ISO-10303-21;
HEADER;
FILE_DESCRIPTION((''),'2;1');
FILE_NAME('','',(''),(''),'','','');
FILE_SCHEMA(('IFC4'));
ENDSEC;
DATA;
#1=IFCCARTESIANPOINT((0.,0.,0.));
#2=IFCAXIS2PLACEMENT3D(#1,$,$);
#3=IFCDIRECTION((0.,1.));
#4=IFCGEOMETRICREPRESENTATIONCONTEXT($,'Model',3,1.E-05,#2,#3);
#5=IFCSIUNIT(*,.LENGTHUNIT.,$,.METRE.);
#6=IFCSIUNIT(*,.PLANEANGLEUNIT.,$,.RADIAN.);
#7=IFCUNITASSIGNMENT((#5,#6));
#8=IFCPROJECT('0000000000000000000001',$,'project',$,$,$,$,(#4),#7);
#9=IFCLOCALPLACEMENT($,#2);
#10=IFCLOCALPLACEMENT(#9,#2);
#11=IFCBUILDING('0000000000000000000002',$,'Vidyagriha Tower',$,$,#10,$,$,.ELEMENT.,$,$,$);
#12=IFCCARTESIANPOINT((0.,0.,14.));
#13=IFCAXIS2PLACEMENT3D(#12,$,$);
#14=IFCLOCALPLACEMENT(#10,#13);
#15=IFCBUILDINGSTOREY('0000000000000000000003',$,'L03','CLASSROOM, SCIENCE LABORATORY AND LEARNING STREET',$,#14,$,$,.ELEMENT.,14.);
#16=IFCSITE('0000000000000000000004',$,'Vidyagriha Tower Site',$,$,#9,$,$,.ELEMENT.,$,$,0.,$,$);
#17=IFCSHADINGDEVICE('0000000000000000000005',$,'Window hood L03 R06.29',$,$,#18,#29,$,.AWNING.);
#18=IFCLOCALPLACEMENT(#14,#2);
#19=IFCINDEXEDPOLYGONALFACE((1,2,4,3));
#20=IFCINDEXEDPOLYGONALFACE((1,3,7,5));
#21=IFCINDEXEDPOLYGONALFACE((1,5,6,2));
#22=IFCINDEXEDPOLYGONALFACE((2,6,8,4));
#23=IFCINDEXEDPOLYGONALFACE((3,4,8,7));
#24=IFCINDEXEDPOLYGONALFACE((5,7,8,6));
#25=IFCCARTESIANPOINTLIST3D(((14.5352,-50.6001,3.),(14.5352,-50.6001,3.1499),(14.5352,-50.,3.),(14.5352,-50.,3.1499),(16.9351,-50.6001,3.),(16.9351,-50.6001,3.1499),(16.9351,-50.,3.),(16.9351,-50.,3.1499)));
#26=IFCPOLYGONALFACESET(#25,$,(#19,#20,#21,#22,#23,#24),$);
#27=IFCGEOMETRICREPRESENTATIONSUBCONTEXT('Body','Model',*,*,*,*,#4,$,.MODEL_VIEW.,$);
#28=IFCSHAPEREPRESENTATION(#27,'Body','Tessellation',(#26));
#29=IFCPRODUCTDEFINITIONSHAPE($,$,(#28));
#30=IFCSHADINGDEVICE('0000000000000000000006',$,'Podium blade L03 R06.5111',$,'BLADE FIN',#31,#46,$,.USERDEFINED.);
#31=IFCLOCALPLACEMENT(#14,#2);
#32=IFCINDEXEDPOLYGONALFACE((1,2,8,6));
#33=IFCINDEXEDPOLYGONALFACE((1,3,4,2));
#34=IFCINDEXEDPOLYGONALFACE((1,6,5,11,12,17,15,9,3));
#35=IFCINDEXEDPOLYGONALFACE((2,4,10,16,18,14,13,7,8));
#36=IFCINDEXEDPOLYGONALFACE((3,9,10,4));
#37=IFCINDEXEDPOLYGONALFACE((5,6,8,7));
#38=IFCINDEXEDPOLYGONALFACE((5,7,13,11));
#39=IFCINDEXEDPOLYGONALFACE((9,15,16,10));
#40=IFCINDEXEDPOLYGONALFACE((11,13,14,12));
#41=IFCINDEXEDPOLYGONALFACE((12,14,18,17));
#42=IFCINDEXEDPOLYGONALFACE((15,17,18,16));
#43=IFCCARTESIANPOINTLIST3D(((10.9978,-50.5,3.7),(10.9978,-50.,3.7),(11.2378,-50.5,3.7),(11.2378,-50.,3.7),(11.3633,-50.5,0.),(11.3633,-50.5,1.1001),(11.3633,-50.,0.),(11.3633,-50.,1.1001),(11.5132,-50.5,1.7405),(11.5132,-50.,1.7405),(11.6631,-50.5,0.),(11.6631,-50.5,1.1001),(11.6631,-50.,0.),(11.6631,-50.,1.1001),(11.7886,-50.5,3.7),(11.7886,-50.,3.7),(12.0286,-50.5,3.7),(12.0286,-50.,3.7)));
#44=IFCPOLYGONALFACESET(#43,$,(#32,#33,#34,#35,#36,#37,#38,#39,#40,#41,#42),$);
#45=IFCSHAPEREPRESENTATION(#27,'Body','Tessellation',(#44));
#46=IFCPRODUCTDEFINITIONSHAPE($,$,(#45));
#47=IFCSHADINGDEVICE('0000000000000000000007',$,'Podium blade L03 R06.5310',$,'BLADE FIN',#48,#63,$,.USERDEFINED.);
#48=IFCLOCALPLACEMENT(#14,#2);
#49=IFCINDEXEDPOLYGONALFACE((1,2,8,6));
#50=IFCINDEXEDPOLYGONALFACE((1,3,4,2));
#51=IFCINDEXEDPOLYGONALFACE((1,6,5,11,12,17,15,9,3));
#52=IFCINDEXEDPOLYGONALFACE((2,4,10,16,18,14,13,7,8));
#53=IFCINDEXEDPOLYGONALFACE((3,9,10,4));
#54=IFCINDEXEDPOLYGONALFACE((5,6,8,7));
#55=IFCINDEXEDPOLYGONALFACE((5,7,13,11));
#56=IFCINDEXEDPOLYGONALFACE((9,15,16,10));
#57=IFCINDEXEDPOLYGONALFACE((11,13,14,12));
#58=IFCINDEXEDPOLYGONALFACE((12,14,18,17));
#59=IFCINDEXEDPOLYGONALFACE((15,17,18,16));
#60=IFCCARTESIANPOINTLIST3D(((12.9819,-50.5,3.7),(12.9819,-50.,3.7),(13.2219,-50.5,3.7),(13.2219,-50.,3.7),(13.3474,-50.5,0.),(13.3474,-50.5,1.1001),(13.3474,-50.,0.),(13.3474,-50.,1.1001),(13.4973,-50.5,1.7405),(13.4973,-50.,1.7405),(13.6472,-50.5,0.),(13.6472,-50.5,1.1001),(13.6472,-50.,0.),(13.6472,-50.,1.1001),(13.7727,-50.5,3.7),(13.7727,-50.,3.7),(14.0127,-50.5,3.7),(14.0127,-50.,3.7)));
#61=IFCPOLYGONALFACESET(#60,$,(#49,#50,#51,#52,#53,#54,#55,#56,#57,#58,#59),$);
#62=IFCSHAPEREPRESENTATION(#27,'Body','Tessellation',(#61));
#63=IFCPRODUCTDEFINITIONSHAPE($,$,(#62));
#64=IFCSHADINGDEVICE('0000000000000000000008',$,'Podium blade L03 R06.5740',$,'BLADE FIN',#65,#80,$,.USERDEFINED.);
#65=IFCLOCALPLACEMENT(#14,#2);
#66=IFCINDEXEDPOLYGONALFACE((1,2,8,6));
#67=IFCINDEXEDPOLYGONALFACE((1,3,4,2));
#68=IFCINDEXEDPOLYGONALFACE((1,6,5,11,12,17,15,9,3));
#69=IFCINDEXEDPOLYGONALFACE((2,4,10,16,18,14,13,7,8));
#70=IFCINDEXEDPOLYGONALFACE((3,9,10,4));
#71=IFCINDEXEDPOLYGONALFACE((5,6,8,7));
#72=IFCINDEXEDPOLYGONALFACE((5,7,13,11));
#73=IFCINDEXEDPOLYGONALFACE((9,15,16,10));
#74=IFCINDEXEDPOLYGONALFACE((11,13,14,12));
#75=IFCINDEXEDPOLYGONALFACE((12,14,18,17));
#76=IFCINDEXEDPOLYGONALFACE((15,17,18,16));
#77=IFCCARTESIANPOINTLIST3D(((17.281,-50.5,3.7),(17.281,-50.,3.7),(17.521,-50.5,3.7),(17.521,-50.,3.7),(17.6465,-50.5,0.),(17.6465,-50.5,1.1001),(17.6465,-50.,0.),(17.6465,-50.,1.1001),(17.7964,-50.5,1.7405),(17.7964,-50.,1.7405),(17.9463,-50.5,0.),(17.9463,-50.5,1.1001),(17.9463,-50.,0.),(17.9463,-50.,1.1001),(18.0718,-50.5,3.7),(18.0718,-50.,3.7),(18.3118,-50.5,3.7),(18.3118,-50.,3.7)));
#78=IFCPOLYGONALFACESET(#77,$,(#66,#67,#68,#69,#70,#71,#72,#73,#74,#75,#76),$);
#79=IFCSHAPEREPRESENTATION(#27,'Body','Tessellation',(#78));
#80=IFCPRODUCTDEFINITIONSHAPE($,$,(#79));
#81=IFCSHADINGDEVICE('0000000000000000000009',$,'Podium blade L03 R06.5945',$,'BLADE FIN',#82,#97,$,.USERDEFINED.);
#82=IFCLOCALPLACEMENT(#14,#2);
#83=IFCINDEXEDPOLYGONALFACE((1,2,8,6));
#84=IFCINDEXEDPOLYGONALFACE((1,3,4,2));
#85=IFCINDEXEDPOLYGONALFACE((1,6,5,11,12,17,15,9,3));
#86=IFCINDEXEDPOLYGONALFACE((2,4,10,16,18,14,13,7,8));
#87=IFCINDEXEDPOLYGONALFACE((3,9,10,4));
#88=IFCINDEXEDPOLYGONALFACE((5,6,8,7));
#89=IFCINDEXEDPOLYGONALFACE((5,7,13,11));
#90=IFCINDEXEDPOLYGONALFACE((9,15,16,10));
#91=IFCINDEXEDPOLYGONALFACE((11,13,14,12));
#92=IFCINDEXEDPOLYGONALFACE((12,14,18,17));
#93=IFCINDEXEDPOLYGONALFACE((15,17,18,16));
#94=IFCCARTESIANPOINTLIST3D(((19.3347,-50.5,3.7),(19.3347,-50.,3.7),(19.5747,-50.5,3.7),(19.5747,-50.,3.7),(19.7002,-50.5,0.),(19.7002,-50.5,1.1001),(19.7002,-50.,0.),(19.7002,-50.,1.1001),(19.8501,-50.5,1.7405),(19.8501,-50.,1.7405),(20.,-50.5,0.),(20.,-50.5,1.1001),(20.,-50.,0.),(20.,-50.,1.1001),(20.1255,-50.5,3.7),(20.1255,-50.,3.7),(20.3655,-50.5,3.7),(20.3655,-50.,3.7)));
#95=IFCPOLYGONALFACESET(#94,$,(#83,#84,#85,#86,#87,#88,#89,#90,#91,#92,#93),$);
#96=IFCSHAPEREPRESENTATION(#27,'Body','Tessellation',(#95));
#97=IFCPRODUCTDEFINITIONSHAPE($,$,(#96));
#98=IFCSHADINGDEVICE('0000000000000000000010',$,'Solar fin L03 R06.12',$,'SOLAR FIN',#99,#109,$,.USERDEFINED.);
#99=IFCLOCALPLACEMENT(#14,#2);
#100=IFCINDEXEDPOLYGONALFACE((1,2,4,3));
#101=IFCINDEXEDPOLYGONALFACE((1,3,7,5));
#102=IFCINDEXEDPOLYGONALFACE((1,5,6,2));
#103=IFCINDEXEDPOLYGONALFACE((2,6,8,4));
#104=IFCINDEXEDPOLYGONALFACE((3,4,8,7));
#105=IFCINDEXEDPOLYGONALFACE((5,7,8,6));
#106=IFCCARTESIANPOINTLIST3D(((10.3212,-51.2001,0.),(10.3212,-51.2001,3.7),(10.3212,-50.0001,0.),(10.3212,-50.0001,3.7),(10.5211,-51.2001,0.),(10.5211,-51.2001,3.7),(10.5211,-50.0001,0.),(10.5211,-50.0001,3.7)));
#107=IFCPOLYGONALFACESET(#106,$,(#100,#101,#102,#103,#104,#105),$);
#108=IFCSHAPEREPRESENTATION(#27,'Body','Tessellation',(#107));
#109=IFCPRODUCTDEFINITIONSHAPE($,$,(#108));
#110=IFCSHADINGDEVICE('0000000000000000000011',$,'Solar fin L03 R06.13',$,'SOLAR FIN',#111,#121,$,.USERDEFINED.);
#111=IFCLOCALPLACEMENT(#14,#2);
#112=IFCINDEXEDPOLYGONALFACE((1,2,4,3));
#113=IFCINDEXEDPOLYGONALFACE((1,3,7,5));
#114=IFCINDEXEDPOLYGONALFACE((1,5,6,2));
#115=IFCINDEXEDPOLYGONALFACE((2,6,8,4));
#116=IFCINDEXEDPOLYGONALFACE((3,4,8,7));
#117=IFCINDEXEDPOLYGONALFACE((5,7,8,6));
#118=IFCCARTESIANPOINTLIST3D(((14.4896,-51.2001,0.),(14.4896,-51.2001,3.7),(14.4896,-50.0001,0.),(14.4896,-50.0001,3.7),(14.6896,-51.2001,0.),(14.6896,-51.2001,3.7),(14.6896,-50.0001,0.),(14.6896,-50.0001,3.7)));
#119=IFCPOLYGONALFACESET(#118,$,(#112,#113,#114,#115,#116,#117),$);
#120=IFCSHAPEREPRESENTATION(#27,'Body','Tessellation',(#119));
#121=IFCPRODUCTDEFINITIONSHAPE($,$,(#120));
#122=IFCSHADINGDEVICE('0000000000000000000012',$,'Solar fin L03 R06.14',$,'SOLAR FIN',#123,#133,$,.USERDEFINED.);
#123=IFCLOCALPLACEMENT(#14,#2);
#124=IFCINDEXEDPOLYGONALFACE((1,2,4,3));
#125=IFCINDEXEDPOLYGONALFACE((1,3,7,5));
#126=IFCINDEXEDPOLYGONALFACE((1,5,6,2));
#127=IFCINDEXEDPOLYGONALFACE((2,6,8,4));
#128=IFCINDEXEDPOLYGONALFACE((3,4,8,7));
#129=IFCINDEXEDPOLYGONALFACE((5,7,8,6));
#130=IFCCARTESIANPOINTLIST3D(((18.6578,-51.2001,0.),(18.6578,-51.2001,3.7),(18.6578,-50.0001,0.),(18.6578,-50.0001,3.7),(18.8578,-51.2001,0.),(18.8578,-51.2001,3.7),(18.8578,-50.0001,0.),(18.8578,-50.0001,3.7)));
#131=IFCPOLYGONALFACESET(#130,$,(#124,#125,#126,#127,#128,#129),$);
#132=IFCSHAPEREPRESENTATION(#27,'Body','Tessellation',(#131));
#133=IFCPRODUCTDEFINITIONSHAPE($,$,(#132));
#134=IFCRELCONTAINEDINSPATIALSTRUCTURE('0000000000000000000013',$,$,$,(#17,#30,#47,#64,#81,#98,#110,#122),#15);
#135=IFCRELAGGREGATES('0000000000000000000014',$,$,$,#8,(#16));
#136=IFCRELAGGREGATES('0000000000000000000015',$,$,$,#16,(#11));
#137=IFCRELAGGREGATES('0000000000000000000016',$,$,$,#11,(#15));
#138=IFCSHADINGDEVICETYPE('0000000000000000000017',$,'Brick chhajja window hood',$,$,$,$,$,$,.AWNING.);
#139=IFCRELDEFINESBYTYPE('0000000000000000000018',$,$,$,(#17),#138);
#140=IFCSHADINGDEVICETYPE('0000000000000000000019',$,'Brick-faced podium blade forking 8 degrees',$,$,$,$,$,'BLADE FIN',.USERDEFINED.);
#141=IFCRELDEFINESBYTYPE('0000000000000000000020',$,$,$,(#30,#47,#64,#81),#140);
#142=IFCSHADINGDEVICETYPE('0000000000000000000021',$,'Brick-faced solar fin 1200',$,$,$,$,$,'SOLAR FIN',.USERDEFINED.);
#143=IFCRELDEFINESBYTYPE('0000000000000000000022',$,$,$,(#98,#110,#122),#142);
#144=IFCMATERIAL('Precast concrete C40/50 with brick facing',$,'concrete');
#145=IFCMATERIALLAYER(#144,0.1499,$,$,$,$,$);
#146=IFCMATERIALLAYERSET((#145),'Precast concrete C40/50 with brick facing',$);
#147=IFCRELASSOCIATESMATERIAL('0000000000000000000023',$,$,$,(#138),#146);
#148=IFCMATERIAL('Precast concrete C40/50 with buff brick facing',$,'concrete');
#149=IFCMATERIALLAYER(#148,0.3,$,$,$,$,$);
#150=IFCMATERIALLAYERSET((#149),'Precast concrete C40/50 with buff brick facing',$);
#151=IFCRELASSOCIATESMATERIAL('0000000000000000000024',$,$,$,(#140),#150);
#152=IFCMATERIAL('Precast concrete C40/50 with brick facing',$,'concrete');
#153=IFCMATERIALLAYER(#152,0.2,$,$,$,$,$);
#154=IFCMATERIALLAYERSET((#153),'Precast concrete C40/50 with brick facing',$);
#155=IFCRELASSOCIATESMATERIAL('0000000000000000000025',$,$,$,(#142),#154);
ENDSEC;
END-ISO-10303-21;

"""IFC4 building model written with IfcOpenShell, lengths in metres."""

from ifc_helpers import new_model, si_unit, direction, frame, frame_2d, origin, origin_2d, place, context, subcontext, project, spatial, polyline, rectangle, outline, extrude, material, layer, layer_set, type_object, element, save


model = new_model("IFC4")

# Units and contexts
model_context = context("Model", 3, precision=1e-05, world=origin(), true_north=direction((0.0, 1.0)))
body_context = subcontext(model_context, "Body", "Model", "MODEL_VIEW")
ifc_project = project(units=[si_unit("LENGTHUNIT", "METRE"), si_unit("PLANEANGLEUNIT", "RADIAN")], contexts=[model_context])

# Site, building, storey
site_placement = place(None, origin())
site = spatial("IfcSite", under=ifc_project, at=site_placement, Name="Vidyagriha Tower Site", CompositionType="ELEMENT", RefElevation=0.0)
building_placement = place(site_placement, origin())
building = spatial("IfcBuilding", under=site, at=building_placement, Name="Vidyagriha Tower", CompositionType="ELEMENT")
storey_placement = place(building_placement, frame((0.0, 0.0, 14.0)))
storey = spatial("IfcBuildingStorey", under=building, at=storey_placement, Name="L03", Description="CLASSROOM, SCIENCE LABORATORY AND LEARNING STREET", CompositionType="ELEMENT", Elevation=14.0)

# Shading devices
ifc_material_1 = material(Name="Precast concrete C40/50 with brick facing", Category="concrete")
ifc_layer_1 = layer(ifc_material_1, 0.1499)
ifc_layer_set_1 = layer_set([ifc_layer_1], Name="Precast concrete C40/50 with brick facing")
shading_device_type_1 = type_object("IfcShadingDeviceType", Name="Brick chhajja window hood", PredefinedType="AWNING", material=ifc_layer_set_1)
shading_device_placement = place(storey_placement, frame((15.7351, -50.3, 3.0)))
element("IfcShadingDevice", 1, at=shading_device_placement, inside=storey, type_object=shading_device_type_1, Name="Window hood L03 R06.29", PredefinedType="AWNING", context=body_context, shape_type="SweptSolid", body=[
    extrude(rectangle(XDim=2.3999, YDim=0.6001, at=origin_2d()), origin(), (0.0, 0.0, 1.0), 0.1499),
])
ifc_material_2 = material(Name="Precast concrete C40/50 with buff brick facing", Category="concrete")
ifc_layer_2 = layer(ifc_material_2, 0.3)
ifc_layer_set_2 = layer_set([ifc_layer_2], Name="Precast concrete C40/50 with buff brick facing")
shading_device_type_2 = type_object("IfcShadingDeviceType", Name="Brick-faced podium blade forking 8 degrees", ElementType="BLADE FIN", PredefinedType="USERDEFINED", material=ifc_layer_set_2)
for number, where, name in (
    (2, (10.9978, -50.25, 0.0), "Podium blade L03 R06.5111"),
    (3, (12.9819, -50.25, 0.0), "Podium blade L03 R06.5310"),
    (4, (17.281, -50.25, 0.0), "Podium blade L03 R06.5740"),
    (5, (19.3347, -50.25, 0.0), "Podium blade L03 R06.5945"),
):
    element("IfcShadingDevice", number, at=place(storey_placement, frame(where)), inside=storey, type_object=shading_device_type_2, Name=name, ObjectType="BLADE FIN", PredefinedType="USERDEFINED", context=body_context, shape_type="SweptSolid", body=[
        extrude(outline(polyline([(0.6653, 0.0), (0.6653, 1.1001), (1.0308, 3.7), (0.7908, 3.7), (0.5154, 1.7405), (0.24, 3.7), (0.0, 3.7), (0.3655, 1.1001), (0.3655, 0.0), (0.6653, 0.0)])), frame((0.0, 0.25, 0.0), z_axis=(0.0, -1.0, 0.0), x_axis=(1.0, 0.0, 0.0)), (0.0, 0.0, 1.0), 0.5),
    ])
ifc_material_3 = material(Name="Precast concrete C40/50 with brick facing", Category="concrete")
ifc_layer_3 = layer(ifc_material_3, 0.2)
ifc_layer_set_3 = layer_set([ifc_layer_3], Name="Precast concrete C40/50 with brick facing")
shading_device_type_3 = type_object("IfcShadingDeviceType", Name="Brick-faced solar fin 1200", ElementType="SOLAR FIN", PredefinedType="USERDEFINED", material=ifc_layer_set_3)
for number, where, z_axis, x_axis, name in (
    (6, (10.4211, -50.0, 0.0), (0.0, 0.0, 1.0), (0.0, -1.0, 0.0), "Solar fin L03 R06.12"),
    (7, (14.5896, -50.0, 0.0), (0.0, 0.0, 1.0), (0.0, -1.0, 0.0), "Solar fin L03 R06.13"),
    (8, (18.7578, -50.0, 0.0), (0.0, 0.0, 1.0), (0.0, -1.0, 0.0), "Solar fin L03 R06.14"),
):
    element("IfcShadingDevice", number, at=place(storey_placement, frame(where, z_axis=z_axis, x_axis=x_axis)), inside=storey, type_object=shading_device_type_3, Name=name, ObjectType="SOLAR FIN", PredefinedType="USERDEFINED", context=body_context, shape_type="SweptSolid", body=[
        extrude(rectangle(XDim=1.2, YDim=0.2, at=frame_2d((0.6001, 0.0))), origin(), (0.0, 0.0, 1.0), 3.7),
    ])

save(model, "model.ifc")
